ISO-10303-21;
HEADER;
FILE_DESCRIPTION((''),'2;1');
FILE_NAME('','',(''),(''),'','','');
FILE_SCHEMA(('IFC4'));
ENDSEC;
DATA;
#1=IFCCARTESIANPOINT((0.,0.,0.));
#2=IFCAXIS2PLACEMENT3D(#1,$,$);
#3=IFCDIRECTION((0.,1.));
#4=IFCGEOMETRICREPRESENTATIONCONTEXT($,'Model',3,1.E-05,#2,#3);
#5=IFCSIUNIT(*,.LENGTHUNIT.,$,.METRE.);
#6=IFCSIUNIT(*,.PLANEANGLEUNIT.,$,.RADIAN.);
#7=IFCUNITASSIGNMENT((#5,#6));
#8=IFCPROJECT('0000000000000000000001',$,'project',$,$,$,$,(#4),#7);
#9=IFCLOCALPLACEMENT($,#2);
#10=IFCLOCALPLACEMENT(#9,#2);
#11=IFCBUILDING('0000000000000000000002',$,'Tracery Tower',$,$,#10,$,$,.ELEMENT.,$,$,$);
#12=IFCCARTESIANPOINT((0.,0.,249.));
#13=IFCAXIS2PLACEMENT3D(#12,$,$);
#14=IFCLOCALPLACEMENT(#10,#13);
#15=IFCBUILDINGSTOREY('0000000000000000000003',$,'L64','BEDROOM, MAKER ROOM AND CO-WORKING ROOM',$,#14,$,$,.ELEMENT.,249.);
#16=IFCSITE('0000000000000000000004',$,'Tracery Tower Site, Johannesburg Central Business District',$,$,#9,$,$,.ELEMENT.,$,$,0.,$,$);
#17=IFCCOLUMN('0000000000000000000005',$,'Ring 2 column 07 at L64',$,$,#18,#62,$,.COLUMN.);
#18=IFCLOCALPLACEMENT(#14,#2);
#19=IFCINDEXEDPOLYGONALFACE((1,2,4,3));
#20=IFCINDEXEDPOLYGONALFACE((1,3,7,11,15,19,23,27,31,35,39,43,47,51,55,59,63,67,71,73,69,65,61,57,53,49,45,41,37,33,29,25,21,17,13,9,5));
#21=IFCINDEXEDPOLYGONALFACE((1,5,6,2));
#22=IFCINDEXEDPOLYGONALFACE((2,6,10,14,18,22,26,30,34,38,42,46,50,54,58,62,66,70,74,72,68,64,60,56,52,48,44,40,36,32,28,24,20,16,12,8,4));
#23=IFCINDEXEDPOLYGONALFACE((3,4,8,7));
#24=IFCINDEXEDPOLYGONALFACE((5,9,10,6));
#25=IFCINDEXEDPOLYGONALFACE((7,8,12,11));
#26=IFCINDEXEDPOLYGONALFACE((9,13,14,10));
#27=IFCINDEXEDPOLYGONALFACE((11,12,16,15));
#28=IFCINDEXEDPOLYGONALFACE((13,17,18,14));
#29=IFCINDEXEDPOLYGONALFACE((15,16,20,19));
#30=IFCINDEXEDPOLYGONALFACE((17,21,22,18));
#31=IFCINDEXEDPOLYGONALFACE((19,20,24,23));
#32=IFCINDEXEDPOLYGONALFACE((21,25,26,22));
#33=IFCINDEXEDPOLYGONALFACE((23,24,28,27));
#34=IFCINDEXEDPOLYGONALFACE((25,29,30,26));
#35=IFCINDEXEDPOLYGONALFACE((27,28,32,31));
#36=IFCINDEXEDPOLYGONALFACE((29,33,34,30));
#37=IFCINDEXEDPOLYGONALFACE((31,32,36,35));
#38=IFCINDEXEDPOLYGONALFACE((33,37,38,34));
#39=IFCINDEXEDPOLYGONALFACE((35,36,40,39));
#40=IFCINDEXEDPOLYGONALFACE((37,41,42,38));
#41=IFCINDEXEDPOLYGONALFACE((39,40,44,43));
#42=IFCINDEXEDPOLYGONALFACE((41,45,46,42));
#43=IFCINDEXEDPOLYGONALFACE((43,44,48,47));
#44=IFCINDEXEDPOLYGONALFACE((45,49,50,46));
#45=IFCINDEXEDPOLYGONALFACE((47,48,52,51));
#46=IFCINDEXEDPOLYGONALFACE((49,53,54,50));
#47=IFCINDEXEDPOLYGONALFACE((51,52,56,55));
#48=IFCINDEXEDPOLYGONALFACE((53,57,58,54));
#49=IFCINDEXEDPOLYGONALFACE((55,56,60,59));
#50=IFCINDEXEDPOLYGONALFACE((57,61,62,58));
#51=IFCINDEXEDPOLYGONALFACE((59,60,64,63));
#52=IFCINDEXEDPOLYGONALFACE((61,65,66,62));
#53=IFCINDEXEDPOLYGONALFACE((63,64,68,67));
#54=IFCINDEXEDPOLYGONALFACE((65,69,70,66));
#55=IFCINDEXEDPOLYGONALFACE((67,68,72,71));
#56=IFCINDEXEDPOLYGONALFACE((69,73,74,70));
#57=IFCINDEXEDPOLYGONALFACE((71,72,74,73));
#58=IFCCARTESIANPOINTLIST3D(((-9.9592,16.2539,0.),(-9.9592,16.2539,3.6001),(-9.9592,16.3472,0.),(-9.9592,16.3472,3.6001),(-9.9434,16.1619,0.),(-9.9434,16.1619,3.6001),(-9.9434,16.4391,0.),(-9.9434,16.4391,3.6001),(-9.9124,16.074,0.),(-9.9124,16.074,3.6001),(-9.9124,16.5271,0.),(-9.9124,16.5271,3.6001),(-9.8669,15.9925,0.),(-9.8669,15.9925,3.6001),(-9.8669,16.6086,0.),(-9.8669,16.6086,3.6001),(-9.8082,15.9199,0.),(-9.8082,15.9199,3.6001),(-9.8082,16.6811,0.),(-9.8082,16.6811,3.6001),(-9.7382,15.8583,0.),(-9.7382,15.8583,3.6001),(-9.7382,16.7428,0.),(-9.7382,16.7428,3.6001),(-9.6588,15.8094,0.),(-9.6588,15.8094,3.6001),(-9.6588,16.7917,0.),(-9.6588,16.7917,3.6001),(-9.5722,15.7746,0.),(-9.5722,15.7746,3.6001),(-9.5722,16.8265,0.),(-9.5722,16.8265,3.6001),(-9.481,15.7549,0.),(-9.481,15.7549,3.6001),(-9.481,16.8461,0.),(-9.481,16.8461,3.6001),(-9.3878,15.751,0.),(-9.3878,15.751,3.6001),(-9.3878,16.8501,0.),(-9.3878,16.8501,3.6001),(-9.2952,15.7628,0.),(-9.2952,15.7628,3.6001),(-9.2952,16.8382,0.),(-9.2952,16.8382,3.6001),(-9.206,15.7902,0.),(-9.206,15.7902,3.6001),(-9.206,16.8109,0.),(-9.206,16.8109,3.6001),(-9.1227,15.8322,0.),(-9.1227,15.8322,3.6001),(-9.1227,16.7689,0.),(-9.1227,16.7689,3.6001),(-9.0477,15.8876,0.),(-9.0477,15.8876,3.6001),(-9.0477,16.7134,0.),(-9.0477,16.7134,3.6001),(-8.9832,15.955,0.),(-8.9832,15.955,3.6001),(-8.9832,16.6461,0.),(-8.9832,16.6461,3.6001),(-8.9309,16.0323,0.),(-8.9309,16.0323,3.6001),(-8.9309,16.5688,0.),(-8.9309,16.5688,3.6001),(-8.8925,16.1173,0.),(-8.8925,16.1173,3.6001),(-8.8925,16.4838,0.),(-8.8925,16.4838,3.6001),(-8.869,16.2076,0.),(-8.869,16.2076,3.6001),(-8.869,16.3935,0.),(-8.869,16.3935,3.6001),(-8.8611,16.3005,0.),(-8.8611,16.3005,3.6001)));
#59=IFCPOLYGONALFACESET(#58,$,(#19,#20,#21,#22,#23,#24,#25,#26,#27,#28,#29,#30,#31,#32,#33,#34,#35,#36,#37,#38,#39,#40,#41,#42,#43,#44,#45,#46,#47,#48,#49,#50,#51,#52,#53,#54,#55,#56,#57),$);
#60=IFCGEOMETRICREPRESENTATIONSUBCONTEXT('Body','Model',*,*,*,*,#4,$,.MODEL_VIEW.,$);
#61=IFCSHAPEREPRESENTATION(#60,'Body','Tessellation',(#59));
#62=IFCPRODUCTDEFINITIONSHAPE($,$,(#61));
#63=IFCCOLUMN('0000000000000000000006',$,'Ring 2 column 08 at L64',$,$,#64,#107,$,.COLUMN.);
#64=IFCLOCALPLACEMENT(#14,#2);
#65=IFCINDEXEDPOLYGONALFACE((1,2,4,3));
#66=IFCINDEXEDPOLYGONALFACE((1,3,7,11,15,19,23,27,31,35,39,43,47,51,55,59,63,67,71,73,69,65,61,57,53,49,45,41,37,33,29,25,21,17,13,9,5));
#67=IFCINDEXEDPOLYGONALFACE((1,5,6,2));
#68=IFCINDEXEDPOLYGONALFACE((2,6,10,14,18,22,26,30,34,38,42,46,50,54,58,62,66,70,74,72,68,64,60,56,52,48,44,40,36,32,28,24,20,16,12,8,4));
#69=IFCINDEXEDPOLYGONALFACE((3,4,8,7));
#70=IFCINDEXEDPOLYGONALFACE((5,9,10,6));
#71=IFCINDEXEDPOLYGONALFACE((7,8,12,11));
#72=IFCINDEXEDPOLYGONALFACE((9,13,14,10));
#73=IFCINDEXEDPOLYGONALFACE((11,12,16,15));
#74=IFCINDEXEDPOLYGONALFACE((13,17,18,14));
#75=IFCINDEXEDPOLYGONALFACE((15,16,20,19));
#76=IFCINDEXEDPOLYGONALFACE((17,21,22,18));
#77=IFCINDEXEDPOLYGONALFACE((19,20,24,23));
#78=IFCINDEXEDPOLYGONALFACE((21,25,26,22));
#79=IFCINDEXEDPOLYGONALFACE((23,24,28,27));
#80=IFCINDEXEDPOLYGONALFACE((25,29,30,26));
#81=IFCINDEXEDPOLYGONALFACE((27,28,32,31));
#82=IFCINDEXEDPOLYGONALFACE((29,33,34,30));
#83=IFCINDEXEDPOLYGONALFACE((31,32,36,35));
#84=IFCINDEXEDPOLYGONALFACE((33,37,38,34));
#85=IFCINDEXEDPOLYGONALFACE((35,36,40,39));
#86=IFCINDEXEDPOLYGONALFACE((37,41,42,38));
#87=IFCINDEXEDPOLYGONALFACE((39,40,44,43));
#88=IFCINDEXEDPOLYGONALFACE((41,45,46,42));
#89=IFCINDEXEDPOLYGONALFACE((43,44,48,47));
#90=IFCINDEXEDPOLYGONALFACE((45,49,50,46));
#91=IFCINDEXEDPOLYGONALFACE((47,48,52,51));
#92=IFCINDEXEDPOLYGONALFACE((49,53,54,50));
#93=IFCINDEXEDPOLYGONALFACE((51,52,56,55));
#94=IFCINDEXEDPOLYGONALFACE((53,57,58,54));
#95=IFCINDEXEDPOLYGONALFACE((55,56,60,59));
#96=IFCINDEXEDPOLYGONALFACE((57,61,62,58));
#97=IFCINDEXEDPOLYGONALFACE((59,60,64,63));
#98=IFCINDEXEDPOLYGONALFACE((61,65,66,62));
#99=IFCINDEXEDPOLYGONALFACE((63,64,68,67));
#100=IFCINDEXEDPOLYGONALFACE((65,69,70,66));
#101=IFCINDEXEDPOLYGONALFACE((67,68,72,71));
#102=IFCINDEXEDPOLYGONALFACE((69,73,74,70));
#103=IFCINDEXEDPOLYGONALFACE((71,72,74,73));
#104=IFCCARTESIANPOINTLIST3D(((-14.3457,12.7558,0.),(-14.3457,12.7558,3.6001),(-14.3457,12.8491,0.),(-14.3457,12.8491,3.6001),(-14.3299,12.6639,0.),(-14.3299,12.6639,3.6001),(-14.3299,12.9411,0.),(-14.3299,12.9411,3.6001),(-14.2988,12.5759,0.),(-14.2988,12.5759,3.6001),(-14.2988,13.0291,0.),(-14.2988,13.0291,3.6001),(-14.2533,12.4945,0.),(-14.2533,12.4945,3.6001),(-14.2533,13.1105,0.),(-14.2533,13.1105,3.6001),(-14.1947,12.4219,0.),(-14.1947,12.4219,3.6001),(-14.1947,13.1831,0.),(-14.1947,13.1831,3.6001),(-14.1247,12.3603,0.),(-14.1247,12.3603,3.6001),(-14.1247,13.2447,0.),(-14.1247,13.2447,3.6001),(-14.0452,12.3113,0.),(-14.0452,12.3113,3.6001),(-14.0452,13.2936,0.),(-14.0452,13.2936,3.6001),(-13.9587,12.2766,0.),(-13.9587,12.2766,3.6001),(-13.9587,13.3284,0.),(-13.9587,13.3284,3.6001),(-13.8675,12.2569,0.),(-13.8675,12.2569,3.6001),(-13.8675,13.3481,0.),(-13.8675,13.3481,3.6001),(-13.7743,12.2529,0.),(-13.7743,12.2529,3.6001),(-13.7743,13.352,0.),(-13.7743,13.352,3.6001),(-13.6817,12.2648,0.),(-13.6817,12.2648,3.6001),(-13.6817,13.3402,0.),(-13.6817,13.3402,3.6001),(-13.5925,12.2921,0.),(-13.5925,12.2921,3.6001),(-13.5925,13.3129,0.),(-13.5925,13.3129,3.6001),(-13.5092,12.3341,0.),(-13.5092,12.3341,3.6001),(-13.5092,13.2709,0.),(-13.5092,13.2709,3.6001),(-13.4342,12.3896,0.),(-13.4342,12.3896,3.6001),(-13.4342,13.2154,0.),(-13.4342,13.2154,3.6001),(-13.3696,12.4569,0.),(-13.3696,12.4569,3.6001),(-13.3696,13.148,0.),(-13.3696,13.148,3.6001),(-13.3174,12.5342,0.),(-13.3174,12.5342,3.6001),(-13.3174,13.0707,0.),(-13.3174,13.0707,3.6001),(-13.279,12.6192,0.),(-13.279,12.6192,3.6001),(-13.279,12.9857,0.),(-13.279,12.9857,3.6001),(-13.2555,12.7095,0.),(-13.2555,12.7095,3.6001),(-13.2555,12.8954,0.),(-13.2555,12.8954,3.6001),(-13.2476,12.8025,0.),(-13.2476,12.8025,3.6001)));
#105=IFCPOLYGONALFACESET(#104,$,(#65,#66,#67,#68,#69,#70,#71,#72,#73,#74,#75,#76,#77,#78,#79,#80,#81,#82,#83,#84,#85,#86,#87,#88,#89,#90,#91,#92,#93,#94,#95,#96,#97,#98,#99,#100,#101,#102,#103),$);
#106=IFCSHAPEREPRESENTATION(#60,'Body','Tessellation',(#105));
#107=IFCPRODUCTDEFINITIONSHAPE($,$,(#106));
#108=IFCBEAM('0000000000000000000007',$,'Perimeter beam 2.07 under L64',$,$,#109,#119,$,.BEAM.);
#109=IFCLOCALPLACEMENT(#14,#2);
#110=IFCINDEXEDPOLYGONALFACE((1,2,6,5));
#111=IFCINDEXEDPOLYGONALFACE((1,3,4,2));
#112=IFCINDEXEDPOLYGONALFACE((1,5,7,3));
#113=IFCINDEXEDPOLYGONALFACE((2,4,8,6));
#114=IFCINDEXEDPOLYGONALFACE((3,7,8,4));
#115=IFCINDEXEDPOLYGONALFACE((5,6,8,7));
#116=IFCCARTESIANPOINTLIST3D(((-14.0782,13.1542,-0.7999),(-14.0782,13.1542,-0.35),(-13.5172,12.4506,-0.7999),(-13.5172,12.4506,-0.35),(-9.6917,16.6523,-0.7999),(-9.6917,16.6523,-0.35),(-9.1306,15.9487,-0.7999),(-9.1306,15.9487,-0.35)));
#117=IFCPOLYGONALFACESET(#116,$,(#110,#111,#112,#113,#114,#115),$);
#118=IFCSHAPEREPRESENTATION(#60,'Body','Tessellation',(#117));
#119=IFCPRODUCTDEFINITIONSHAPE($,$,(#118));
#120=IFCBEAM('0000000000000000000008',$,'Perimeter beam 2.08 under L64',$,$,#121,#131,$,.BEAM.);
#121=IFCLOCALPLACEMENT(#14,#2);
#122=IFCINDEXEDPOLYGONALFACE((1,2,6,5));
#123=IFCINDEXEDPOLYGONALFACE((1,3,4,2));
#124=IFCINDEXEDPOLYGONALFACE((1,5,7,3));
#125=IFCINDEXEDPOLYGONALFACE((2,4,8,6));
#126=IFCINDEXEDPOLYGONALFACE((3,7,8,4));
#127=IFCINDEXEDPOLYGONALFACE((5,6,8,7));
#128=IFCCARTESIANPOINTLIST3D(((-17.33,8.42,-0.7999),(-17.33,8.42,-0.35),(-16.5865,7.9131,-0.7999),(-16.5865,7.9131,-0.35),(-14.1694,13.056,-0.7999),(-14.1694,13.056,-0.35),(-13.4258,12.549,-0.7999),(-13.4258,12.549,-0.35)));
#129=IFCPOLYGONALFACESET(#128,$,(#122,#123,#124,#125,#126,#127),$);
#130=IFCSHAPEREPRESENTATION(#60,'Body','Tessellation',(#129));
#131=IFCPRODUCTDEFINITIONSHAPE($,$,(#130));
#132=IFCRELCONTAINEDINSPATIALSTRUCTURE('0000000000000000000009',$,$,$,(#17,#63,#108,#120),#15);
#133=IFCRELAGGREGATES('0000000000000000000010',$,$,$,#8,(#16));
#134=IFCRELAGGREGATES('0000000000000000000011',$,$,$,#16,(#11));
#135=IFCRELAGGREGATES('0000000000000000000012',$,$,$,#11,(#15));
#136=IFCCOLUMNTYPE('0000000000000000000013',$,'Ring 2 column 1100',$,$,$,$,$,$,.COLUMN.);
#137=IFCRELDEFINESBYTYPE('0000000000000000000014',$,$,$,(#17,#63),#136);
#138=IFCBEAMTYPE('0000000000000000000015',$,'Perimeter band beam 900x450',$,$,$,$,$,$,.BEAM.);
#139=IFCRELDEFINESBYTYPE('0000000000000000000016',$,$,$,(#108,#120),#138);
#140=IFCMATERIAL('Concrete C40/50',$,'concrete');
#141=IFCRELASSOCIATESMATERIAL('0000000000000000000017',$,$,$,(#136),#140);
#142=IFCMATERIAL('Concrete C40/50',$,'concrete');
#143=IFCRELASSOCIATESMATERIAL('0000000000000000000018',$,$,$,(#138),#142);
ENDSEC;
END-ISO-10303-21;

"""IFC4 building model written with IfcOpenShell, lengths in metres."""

from ifc_helpers import new_model, si_unit, direction, frame, origin, origin_2d, place, context, subcontext, project, spatial, rectangle, circle, extrude, material, material_profile, profile_set, type_object, element, save


model = new_model("IFC4")

# Units and contexts
model_context = context("Model", 3, precision=1e-05, world=origin(), true_north=direction((0.0, 1.0)))
body_context = subcontext(model_context, "Body", "Model", "MODEL_VIEW")
ifc_project = project(units=[si_unit("LENGTHUNIT", "METRE"), si_unit("PLANEANGLEUNIT", "RADIAN")], contexts=[model_context])

# Site, building, storey
site_placement = place(None, origin())
site = spatial("IfcSite", under=ifc_project, at=site_placement, Name="Tracery Tower Site, Johannesburg Central Business District", CompositionType="ELEMENT", RefElevation=0.0)
building_placement = place(site_placement, origin())
building = spatial("IfcBuilding", under=site, at=building_placement, Name="Tracery Tower", CompositionType="ELEMENT")
storey_placement = place(building_placement, frame((0.0, 0.0, 249.0)))
storey = spatial("IfcBuildingStorey", under=building, at=storey_placement, Name="L64", Description="BEDROOM, MAKER ROOM AND CO-WORKING ROOM", CompositionType="ELEMENT", Elevation=249.0)

# Columns
ifc_material_1 = material(Name="Concrete C40/50", Category="concrete")
ifc_material_profile_1 = material_profile(ifc_material_1, circle(Radius=0.55, at=origin_2d()), Name="RC D1100")
ifc_profile_set_1 = profile_set([ifc_material_profile_1], Name="Concrete C40/50")
column_type = type_object("IfcColumnType", Name="Ring 2 column 1100", PredefinedType="COLUMN", material=ifc_profile_set_1)
for number, where, z_axis, x_axis, name in (
    (1, (-9.4111, 16.3005, 0.0), (0.0, 0.0, 1.0), (1.0, 0.0, 0.0), "Ring 2 column 07 at L64"),
    (2, (-13.7976, 12.8025, 0.0), (0.0, 0.0, 1.0), (1.0, 0.0, 0.0), "Ring 2 column 08 at L64"),
):
    element("IfcColumn", number, at=place(storey_placement, frame(where, z_axis=z_axis, x_axis=x_axis)), inside=storey, type_object=column_type, Name=name, PredefinedType="COLUMN", context=body_context, shape_type="SweptSolid", body=[
        extrude(circle(Radius=0.55, at=origin_2d()), origin(), (0.0, 0.0, 1.0), 3.6001),
    ])

# Beams
ifc_material_2 = material(Name="Concrete C40/50", Category="concrete")
ifc_material_profile_2 = material_profile(ifc_material_2, rectangle(XDim=0.8999, YDim=0.45, at=origin_2d()), Name="RC 900x450")
ifc_profile_set_2 = profile_set([ifc_material_profile_2], Name="Concrete C40/50")
beam_type = type_object("IfcBeamType", Name="Perimeter band beam 900x450", PredefinedType="BEAM", material=ifc_profile_set_2)
beam_1_placement = place(storey_placement, frame((-9.4111, 16.3005, -0.575), z_axis=(-0.781836, -0.623484, 0.0), x_axis=(0.623484, -0.781836, 0.0)))
element("IfcBeam", 3, at=beam_1_placement, inside=storey, type_object=beam_type, Name="Perimeter beam 2.07 under L64", PredefinedType="BEAM", context=body_context, shape_type="SweptSolid", body=[
    extrude(rectangle(XDim=0.8999, YDim=0.45, at=origin_2d()), origin(), (0.0, 0.0, 1.0), 5.6106),
])
beam_2_placement = place(storey_placement, frame((-13.7976, 12.8025, -0.575), z_axis=(-0.563306, -0.826249, 0.0), x_axis=(0.826249, -0.563306, 0.0)))
element("IfcBeam", 4, at=beam_2_placement, inside=storey, type_object=beam_type, Name="Perimeter beam 2.08 under L64", PredefinedType="BEAM", context=body_context, shape_type="SweptSolid", body=[
    extrude(rectangle(XDim=0.8999, YDim=0.45, at=origin_2d()), origin(), (0.0, 0.0, 1.0), 5.6108),
])

save(model, "model.ifc")
